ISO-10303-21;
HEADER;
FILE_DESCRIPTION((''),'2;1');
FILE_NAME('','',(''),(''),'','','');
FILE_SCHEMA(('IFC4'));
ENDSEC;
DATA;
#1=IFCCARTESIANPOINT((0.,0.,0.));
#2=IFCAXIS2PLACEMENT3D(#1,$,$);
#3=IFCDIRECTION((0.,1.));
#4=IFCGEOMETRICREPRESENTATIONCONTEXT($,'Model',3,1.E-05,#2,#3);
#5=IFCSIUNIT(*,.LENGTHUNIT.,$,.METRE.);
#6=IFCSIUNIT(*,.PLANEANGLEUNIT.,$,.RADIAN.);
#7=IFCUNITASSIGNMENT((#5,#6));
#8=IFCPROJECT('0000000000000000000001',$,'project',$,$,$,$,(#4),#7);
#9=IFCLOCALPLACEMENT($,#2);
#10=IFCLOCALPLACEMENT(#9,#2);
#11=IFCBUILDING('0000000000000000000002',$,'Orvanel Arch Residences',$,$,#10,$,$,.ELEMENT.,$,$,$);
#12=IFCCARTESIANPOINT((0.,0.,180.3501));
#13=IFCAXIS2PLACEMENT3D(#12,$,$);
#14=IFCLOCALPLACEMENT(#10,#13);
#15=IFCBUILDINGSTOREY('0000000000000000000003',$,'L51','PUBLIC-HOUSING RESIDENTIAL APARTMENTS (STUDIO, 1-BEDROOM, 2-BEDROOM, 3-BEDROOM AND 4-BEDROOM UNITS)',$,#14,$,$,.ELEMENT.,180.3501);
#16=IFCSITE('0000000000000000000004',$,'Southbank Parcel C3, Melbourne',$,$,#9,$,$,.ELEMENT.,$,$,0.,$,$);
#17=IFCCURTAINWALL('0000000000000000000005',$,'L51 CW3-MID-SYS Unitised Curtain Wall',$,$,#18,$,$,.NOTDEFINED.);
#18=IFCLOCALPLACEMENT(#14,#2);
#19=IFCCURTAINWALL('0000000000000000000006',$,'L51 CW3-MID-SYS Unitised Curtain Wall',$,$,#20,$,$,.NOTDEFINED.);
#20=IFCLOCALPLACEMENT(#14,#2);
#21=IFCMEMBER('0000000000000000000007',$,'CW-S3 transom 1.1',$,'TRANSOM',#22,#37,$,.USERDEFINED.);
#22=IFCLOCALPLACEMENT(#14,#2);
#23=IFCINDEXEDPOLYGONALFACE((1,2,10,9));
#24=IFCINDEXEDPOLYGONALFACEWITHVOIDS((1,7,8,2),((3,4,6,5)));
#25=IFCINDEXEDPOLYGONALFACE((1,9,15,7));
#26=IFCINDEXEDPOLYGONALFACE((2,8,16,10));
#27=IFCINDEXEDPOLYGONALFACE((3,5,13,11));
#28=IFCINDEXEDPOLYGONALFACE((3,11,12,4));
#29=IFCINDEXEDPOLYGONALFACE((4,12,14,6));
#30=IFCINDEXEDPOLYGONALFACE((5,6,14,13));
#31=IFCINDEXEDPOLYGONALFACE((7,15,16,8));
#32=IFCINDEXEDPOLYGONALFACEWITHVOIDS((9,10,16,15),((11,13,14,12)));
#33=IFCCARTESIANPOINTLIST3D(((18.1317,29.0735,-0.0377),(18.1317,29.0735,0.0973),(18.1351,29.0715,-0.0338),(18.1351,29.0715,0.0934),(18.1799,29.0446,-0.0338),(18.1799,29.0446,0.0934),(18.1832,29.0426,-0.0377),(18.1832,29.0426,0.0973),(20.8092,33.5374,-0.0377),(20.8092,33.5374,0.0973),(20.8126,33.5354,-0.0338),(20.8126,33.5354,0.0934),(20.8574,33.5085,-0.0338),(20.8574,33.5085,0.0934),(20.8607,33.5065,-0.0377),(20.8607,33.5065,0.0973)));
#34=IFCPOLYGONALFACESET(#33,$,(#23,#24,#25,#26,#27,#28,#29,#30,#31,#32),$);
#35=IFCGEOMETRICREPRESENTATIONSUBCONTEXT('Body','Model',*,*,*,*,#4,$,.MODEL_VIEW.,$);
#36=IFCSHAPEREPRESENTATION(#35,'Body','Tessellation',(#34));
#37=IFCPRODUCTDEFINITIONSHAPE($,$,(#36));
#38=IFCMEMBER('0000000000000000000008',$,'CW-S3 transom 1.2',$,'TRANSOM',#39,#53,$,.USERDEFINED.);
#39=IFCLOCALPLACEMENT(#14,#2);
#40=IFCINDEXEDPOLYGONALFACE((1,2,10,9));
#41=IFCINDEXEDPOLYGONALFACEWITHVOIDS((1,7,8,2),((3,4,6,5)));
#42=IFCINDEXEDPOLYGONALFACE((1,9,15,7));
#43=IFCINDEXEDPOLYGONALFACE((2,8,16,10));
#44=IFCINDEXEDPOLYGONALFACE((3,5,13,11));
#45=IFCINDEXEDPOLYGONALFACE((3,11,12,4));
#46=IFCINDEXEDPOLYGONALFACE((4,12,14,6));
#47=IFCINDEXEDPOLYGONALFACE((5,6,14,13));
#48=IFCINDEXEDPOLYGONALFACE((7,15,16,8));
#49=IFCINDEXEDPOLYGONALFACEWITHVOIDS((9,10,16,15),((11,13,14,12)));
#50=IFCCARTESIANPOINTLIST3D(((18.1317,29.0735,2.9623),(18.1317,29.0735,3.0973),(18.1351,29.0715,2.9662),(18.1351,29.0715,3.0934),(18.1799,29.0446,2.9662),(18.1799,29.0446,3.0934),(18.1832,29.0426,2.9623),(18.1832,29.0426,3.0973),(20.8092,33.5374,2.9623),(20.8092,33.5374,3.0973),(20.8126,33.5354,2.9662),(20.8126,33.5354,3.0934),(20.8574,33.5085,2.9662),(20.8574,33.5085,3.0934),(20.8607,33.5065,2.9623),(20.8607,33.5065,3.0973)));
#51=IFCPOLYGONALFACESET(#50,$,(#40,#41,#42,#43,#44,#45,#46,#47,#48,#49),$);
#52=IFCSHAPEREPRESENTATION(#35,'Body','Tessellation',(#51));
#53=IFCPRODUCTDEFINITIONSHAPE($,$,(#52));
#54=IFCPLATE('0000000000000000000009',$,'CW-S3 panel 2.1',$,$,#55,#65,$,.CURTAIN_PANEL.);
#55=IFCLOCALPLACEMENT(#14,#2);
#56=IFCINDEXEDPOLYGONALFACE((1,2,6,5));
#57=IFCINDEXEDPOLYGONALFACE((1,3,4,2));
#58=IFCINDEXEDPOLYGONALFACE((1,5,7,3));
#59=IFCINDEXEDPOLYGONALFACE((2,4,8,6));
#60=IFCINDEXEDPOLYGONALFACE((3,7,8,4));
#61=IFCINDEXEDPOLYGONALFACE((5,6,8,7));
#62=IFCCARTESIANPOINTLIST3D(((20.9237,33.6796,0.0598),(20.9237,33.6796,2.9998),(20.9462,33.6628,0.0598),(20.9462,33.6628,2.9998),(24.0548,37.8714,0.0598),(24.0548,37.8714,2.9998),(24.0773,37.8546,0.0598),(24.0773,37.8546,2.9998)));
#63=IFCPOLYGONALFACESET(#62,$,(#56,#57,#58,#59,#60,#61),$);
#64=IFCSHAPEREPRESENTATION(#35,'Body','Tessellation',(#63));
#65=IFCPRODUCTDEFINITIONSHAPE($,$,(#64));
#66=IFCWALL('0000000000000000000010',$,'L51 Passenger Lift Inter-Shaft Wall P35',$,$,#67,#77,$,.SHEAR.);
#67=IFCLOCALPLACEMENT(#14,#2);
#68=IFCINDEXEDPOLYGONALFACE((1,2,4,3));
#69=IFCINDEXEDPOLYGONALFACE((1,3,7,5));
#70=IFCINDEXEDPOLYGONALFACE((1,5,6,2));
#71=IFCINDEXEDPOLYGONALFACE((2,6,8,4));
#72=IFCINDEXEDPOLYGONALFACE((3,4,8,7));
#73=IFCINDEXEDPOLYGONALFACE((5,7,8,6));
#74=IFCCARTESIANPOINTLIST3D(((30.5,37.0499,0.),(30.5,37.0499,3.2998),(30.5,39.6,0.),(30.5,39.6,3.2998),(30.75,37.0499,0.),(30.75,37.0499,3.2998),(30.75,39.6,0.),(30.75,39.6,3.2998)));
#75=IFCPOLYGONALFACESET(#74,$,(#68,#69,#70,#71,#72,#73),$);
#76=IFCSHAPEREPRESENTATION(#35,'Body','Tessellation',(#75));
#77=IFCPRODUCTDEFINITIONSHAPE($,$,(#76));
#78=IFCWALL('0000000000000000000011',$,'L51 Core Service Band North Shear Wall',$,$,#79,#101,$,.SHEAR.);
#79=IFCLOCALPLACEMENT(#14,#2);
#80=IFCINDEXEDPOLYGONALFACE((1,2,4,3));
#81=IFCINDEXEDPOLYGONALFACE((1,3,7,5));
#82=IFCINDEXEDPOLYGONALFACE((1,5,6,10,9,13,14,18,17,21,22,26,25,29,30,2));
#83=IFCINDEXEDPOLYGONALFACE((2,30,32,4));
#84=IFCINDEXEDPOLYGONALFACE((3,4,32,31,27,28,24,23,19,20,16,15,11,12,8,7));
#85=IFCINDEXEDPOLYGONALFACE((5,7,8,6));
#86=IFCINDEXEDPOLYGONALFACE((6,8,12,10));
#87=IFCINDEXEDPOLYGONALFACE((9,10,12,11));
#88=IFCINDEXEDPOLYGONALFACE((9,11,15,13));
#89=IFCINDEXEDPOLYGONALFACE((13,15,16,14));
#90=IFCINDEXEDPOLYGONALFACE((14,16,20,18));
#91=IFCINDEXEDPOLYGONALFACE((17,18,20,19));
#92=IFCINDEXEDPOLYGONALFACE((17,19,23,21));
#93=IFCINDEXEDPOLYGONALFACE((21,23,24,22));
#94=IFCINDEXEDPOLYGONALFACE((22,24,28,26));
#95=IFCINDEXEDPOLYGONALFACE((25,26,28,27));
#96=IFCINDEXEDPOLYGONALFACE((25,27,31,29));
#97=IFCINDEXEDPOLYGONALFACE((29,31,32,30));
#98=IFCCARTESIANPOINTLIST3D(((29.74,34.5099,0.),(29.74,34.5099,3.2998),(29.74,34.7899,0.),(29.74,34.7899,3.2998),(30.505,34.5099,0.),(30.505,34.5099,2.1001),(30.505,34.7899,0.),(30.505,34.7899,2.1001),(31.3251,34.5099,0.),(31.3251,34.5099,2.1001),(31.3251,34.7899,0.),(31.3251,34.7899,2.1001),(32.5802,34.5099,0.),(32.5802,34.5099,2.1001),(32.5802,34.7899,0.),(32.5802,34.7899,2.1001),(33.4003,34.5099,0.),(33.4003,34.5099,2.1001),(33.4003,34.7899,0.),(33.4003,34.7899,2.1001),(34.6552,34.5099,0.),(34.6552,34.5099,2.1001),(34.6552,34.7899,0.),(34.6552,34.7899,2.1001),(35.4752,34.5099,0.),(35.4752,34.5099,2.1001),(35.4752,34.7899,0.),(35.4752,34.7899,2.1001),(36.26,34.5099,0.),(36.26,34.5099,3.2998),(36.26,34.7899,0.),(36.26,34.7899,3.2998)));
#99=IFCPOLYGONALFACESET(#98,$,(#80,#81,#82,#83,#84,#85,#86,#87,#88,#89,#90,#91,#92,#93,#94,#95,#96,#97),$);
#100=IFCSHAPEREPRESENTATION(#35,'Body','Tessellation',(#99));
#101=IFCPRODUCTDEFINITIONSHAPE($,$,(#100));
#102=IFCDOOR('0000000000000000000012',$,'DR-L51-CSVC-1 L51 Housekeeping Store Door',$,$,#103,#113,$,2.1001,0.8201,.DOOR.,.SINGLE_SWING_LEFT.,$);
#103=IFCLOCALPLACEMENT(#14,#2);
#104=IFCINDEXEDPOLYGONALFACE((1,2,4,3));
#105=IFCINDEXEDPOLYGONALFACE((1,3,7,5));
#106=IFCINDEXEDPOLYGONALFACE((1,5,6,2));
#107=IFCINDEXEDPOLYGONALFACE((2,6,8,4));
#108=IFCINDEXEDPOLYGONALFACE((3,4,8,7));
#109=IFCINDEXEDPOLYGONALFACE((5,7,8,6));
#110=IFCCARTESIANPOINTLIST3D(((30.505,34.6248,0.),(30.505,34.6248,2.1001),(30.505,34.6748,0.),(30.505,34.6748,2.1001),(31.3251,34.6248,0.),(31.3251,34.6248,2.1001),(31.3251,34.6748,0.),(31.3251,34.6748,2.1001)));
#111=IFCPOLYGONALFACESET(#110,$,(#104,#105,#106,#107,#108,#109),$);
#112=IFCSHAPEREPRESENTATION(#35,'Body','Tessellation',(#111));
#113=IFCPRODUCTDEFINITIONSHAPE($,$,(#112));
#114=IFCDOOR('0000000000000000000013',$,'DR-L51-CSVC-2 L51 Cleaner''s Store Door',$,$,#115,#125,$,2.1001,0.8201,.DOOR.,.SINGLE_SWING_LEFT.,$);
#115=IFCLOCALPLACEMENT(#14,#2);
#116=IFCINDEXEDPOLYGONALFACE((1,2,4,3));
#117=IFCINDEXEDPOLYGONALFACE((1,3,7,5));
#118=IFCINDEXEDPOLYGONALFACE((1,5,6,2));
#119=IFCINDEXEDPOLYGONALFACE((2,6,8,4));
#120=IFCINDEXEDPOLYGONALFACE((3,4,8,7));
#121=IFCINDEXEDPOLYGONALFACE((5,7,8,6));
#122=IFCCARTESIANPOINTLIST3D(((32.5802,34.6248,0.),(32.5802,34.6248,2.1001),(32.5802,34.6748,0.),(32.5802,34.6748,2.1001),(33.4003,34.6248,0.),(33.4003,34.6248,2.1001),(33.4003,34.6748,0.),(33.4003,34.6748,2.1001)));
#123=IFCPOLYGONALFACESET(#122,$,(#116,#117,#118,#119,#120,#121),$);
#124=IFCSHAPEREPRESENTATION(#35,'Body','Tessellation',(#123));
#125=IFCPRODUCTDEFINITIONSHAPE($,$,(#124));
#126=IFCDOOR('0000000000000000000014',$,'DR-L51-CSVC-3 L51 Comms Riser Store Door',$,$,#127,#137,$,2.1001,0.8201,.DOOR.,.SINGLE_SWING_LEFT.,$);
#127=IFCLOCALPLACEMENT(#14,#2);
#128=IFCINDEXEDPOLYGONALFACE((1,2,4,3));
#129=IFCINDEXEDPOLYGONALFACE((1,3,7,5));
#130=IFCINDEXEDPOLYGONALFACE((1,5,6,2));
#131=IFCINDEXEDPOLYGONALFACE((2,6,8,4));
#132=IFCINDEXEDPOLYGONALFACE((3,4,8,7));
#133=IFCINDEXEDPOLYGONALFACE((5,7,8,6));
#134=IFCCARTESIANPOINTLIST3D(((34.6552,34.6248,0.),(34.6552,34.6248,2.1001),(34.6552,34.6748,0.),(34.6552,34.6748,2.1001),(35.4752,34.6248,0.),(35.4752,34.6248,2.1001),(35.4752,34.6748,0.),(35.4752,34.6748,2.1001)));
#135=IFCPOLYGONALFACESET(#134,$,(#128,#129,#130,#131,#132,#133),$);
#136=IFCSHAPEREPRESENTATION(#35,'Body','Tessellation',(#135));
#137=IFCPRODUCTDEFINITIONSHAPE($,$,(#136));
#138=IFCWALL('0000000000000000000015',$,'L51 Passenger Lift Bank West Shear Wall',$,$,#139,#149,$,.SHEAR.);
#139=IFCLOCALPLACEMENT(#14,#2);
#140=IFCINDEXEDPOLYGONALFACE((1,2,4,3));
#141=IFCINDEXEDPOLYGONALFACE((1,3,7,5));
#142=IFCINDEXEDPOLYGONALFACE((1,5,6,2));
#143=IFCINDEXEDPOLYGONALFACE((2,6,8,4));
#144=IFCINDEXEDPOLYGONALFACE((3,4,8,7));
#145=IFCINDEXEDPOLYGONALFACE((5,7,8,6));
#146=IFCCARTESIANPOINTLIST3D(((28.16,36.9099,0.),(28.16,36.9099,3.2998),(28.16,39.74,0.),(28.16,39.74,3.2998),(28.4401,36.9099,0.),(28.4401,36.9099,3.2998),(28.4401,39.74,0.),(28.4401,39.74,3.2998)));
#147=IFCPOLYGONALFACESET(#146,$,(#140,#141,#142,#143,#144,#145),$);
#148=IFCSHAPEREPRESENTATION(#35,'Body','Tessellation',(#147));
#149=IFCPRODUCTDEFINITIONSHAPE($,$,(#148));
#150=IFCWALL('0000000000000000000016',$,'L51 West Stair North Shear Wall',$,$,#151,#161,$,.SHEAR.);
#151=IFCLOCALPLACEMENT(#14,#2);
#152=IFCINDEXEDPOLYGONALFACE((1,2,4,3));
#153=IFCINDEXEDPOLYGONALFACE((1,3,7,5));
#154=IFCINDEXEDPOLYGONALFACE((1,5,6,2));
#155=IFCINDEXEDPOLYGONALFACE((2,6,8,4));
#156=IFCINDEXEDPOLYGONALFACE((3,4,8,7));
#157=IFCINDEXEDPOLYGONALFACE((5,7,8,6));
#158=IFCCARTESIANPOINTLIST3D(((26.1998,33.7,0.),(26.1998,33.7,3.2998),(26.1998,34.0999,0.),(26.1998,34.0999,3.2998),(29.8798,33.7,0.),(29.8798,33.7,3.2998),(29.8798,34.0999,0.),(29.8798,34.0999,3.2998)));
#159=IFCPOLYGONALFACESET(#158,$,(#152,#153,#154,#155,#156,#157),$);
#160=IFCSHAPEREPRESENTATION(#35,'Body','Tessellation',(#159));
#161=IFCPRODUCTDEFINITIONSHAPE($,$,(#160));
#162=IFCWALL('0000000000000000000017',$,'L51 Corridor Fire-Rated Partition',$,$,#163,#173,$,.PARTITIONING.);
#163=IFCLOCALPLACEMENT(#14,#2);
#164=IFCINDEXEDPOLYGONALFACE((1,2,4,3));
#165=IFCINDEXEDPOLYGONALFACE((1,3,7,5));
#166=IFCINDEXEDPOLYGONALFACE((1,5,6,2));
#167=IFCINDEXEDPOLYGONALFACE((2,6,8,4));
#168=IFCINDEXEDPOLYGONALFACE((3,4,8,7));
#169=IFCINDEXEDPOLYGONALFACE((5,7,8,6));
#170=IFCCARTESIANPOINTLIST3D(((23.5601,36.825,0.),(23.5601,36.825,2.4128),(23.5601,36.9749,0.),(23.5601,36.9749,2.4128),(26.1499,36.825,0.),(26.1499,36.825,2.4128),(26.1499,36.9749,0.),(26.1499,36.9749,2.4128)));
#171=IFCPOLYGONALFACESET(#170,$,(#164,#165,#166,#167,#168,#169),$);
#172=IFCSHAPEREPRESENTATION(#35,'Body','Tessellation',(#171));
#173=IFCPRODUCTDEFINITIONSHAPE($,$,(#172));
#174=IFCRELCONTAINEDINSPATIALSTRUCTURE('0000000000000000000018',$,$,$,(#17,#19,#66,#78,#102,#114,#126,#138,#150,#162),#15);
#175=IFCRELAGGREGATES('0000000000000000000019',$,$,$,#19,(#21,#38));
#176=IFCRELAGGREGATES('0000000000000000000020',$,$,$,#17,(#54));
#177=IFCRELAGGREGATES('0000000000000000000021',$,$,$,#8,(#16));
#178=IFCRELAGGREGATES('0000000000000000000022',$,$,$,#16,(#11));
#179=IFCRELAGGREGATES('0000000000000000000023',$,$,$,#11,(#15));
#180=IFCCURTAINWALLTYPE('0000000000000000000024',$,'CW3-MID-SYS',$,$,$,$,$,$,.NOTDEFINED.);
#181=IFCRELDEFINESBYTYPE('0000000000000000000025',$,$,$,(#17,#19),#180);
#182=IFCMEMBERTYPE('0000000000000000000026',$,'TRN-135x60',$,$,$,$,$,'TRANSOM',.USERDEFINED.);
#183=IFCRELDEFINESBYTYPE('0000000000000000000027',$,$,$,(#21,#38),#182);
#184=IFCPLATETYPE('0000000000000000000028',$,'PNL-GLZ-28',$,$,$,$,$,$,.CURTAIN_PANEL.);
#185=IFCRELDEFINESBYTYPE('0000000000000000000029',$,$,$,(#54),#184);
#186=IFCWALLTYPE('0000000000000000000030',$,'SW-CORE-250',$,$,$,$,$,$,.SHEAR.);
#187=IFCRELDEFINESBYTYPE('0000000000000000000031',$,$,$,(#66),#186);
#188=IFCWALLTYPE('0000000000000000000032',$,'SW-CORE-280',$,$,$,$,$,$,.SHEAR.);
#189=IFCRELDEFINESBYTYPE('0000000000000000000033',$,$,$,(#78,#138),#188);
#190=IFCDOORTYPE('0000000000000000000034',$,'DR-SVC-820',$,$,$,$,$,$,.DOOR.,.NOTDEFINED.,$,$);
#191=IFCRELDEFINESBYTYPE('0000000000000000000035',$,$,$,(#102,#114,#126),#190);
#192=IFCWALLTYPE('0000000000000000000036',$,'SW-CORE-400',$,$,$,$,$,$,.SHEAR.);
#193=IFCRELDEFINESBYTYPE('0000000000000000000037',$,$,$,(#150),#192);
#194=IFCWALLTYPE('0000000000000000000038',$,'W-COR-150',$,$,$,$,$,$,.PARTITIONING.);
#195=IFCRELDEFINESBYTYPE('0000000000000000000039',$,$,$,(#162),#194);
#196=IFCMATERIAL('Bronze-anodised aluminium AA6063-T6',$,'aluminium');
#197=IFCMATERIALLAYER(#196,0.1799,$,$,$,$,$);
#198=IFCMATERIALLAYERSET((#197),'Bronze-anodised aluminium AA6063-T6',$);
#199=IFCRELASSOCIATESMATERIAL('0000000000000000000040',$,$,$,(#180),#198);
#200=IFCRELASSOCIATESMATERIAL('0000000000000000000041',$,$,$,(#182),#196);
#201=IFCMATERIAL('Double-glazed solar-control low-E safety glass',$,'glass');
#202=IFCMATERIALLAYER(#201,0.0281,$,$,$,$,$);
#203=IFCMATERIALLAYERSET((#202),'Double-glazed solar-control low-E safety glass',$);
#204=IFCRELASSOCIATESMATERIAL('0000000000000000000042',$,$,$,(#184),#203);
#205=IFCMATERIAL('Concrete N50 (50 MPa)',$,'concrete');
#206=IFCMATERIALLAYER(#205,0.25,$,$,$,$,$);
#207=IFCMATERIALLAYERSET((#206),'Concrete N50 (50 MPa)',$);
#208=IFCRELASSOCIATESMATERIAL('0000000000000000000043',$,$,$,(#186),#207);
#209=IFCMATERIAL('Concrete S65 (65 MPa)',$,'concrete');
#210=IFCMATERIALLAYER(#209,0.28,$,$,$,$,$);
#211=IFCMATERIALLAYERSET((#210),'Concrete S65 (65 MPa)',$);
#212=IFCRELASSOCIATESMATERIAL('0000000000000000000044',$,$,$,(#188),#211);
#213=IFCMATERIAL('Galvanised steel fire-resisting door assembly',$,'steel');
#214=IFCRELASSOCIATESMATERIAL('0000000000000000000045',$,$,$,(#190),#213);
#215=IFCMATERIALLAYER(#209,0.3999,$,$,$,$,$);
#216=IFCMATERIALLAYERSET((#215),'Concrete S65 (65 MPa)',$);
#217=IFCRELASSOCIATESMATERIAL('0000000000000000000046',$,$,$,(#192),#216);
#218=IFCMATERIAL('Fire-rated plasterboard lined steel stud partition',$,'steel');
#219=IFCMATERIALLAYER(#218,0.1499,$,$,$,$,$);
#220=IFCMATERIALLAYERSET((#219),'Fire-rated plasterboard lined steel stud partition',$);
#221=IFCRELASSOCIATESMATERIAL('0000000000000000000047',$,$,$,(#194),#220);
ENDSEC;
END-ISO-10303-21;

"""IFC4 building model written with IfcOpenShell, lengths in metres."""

from ifc_helpers import new_model, si_unit, direction, frame, frame_2d, origin, origin_2d, place, context, subcontext, project, spatial, rectangle, hollow_rectangle, extrude, material, layer, layer_set, material_profile, profile_set, type_object, element, fill, aggregate, save


model = new_model("IFC4")

# Units and contexts
model_context = context("Model", 3, precision=1e-05, world=origin(), true_north=direction((0.0, 1.0)))
body_context = subcontext(model_context, "Body", "Model", "MODEL_VIEW")
ifc_project = project(units=[si_unit("LENGTHUNIT", "METRE"), si_unit("PLANEANGLEUNIT", "RADIAN")], contexts=[model_context])

# Site, building, storey
site_placement = place(None, origin())
site = spatial("IfcSite", under=ifc_project, at=site_placement, Name="Southbank Parcel C3, Melbourne", CompositionType="ELEMENT", RefElevation=0.0)
building_placement = place(site_placement, origin())
building = spatial("IfcBuilding", under=site, at=building_placement, Name="Orvanel Arch Residences", CompositionType="ELEMENT")
storey_placement = place(building_placement, frame((0.0, 0.0, 180.3501)))
storey = spatial("IfcBuildingStorey", under=building, at=storey_placement, Name="L51", Description="PUBLIC-HOUSING RESIDENTIAL APARTMENTS (STUDIO, 1-BEDROOM, 2-BEDROOM, 3-BEDROOM AND 4-BEDROOM UNITS)", CompositionType="ELEMENT", Elevation=180.3501)

# Shared definitions
ifc_material_1 = material(Name="Concrete S65 (65 MPa)", Category="concrete")

# Curtain walls
ifc_material_2 = material(Name="Bronze-anodised aluminium AA6063-T6", Category="aluminium")
ifc_layer_1 = layer(ifc_material_2, 0.1799)
ifc_layer_set_1 = layer_set([ifc_layer_1], Name="Bronze-anodised aluminium AA6063-T6")
curtain_wall_type = type_object("IfcCurtainWallType", Name="CW3-MID-SYS", PredefinedType="NOTDEFINED", material=ifc_layer_set_1)
curtain_wall_1_placement = place(storey_placement, origin())
curtain_wall_1 = element("IfcCurtainWall", 1, at=curtain_wall_1_placement, inside=storey, type_object=curtain_wall_type, Name="L51 CW3-MID-SYS Unitised Curtain Wall", PredefinedType="NOTDEFINED")
curtain_wall_2_placement = place(storey_placement, origin())
curtain_wall_2 = element("IfcCurtainWall", 2, at=curtain_wall_2_placement, inside=storey, type_object=curtain_wall_type, Name="L51 CW3-MID-SYS Unitised Curtain Wall", PredefinedType="NOTDEFINED")

# Members
ifc_material_profile_1 = material_profile(ifc_material_2, hollow_rectangle(XDim=0.0601, YDim=0.135, WallThickness=0.0039, at=origin_2d()), Name="ALU135x60x4")
ifc_profile_set_1 = profile_set([ifc_material_profile_1], Name="Bronze-anodised aluminium AA6063-T6")
member_type_1 = type_object("IfcMemberType", Name="TRN-135x60", ElementType="TRANSOM", PredefinedType="USERDEFINED", material=ifc_profile_set_1)
member_1_placement = place(storey_placement, frame((20.835, 33.522, 0.0298), z_axis=(-0.514378, -0.857563, 0.0), x_axis=(0.857563, -0.514378, 0.0)))
member_1 = element("IfcMember", 3, at=member_1_placement, type_object=member_type_1, Name="CW-S3 transom 1.1", ObjectType="TRANSOM", PredefinedType="USERDEFINED", context=body_context, shape_type="SweptSolid", body=[
    extrude(hollow_rectangle(XDim=0.0601, YDim=0.135, WallThickness=0.0039, at=origin_2d()), origin(), (0.0, 0.0, 1.0), 5.2053),
])
member_2_placement = place(storey_placement, frame((20.835, 33.522, 3.0298), z_axis=(-0.514378, -0.857563, 0.0), x_axis=(0.857563, -0.514378, 0.0)))
member_2 = element("IfcMember", 4, at=member_2_placement, type_object=member_type_1, Name="CW-S3 transom 1.2", ObjectType="TRANSOM", PredefinedType="USERDEFINED", context=body_context, shape_type="SweptSolid", body=[
    extrude(hollow_rectangle(XDim=0.0601, YDim=0.135, WallThickness=0.0039, at=origin_2d()), origin(), (0.0, 0.0, 1.0), 5.2053),
])
aggregate(curtain_wall_2, [member_1, member_2])

# Plate
ifc_material_3 = material(Name="Double-glazed solar-control low-E safety glass", Category="glass")
ifc_layer_2 = layer(ifc_material_3, 0.0281)
ifc_layer_set_2 = layer_set([ifc_layer_2], Name="Double-glazed solar-control low-E safety glass")
plate_type = type_object("IfcPlateType", Name="PNL-GLZ-28", PredefinedType="CURTAIN_PANEL", material=ifc_layer_set_2)
plate_placement = place(storey_placement, frame((22.5005, 35.7671, 0.0598), z_axis=(0.0, 0.0, 1.0), x_axis=(-0.59844, -0.801168, 0.0)))
plate = element("IfcPlate", 5, at=plate_placement, type_object=plate_type, Name="CW-S3 panel 2.1", PredefinedType="CURTAIN_PANEL", context=body_context, shape_type="SweptSolid", body=[
    extrude(rectangle(XDim=5.2322, YDim=0.0281, at=origin_2d()), origin(), (0.0, 0.0, 1.0), 2.9399),
])
aggregate(curtain_wall_1, [plate])

# Wall
ifc_material_4 = material(Name="Concrete N50 (50 MPa)", Category="concrete")
ifc_layer_3 = layer(ifc_material_4, 0.25)
ifc_layer_set_3 = layer_set([ifc_layer_3], Name="Concrete N50 (50 MPa)")
wall_type_1 = type_object("IfcWallType", Name="SW-CORE-250", PredefinedType="SHEAR", material=ifc_layer_set_3)
wall_1_placement = place(storey_placement, frame((30.625, 37.05, 0.0), z_axis=(0.0, 0.0, 1.0), x_axis=(0.0, 1.0, 0.0)))
element("IfcWall", 6, at=wall_1_placement, inside=storey, type_object=wall_type_1, Name="L51 Passenger Lift Inter-Shaft Wall P35", PredefinedType="SHEAR", context=body_context, shape_type="SweptSolid", body=[
    extrude(rectangle(XDim=2.55, YDim=0.25, at=frame_2d((1.2749, 0.0))), origin(), (0.0, 0.0, 1.0), 3.2998),
])

# Wall, openings, doors
ifc_layer_4 = layer(ifc_material_1, 0.28)
ifc_layer_set_4 = layer_set([ifc_layer_4], Name="Concrete S65 (65 MPa)")
wall_type_2 = type_object("IfcWallType", Name="SW-CORE-280", PredefinedType="SHEAR", material=ifc_layer_set_4)
wall_2_placement = place(storey_placement, frame((29.74, 34.6499, 0.0), z_axis=(0.0, 0.0, 1.0), x_axis=(1.0, 0.0, 0.0)))
wall_2 = element("IfcWall", 7, at=wall_2_placement, inside=storey, type_object=wall_type_2, Name="L51 Core Service Band North Shear Wall", PredefinedType="SHEAR", context=body_context, shape_type="SweptSolid", body=[
    extrude(rectangle(XDim=6.52, YDim=0.28, at=frame_2d((3.26, 0.0))), origin(), (0.0, 0.0, 1.0), 3.2998),
])
opening_1_placement = place(wall_2_placement, frame((0.7649, 0.0, 0.0)))
opening_1 = element("IfcOpeningElement", 8, at=opening_1_placement, cuts=wall_2, PredefinedType="OPENING", context=body_context, shape_type="SweptSolid", body=[
    extrude(rectangle(XDim=0.8201, YDim=2.1001, at=frame_2d((0.4102, 1.05))), frame((0.0, 0.1499, 0.0), z_axis=(0.0, -1.0, 0.0), x_axis=(1.0, 0.0, 0.0)), (0.0, 0.0, 1.0), 0.3),
])
opening_2_placement = place(wall_2_placement, frame((2.8401, 0.0, 0.0)))
opening_2 = element("IfcOpeningElement", 9, at=opening_2_placement, cuts=wall_2, PredefinedType="OPENING", context=body_context, shape_type="SweptSolid", body=[
    extrude(rectangle(XDim=0.8201, YDim=2.1001, at=frame_2d((0.4102, 1.05))), frame((0.0, 0.1499, 0.0), z_axis=(0.0, -1.0, 0.0), x_axis=(1.0, 0.0, 0.0)), (0.0, 0.0, 1.0), 0.3),
])
opening_3_placement = place(wall_2_placement, frame((4.915, 0.0, 0.0)))
opening_3 = element("IfcOpeningElement", 10, at=opening_3_placement, cuts=wall_2, PredefinedType="OPENING", context=body_context, shape_type="SweptSolid", body=[
    extrude(rectangle(XDim=0.8201, YDim=2.1001, at=frame_2d((0.4102, 1.05))), frame((0.0, 0.1499, 0.0), z_axis=(0.0, -1.0, 0.0), x_axis=(1.0, 0.0, 0.0)), (0.0, 0.0, 1.0), 0.3),
])
ifc_material_5 = material(Name="Galvanised steel fire-resisting door assembly", Category="steel")
door_type = type_object("IfcDoorType", Name="DR-SVC-820", OperationType="NOTDEFINED", PredefinedType="DOOR", material=ifc_material_5)
door_1_placement = place(opening_1_placement, origin())
door_1 = element("IfcDoor", 11, at=door_1_placement, inside=storey, type_object=door_type, Name="DR-L51-CSVC-1 L51 Housekeeping Store Door", OperationType="SINGLE_SWING_LEFT", OverallHeight=2.1001, OverallWidth=0.8201, PredefinedType="DOOR", context=body_context, shape_type="SweptSolid", body=[
    extrude(rectangle(XDim=0.8201, YDim=2.1001, at=frame_2d((0.4102, 1.05))), frame((0.0, 0.0249, 0.0), z_axis=(0.0, -1.0, 0.0), x_axis=(1.0, 0.0, 0.0)), (0.0, 0.0, 1.0), 0.05),
])
fill(opening_1, door_1)
door_2_placement = place(opening_2_placement, origin())
door_2 = element("IfcDoor", 12, at=door_2_placement, inside=storey, type_object=door_type, Name="DR-L51-CSVC-2 L51 Cleaner's Store Door", OperationType="SINGLE_SWING_LEFT", OverallHeight=2.1001, OverallWidth=0.8201, PredefinedType="DOOR", context=body_context, shape_type="SweptSolid", body=[
    extrude(rectangle(XDim=0.8201, YDim=2.1001, at=frame_2d((0.4102, 1.05))), frame((0.0, 0.0249, 0.0), z_axis=(0.0, -1.0, 0.0), x_axis=(1.0, 0.0, 0.0)), (0.0, 0.0, 1.0), 0.05),
])
fill(opening_2, door_2)
door_3_placement = place(opening_3_placement, origin())
door_3 = element("IfcDoor", 13, at=door_3_placement, inside=storey, type_object=door_type, Name="DR-L51-CSVC-3 L51 Comms Riser Store Door", OperationType="SINGLE_SWING_LEFT", OverallHeight=2.1001, OverallWidth=0.8201, PredefinedType="DOOR", context=body_context, shape_type="SweptSolid", body=[
    extrude(rectangle(XDim=0.8201, YDim=2.1001, at=frame_2d((0.4102, 1.05))), frame((0.0, 0.0249, 0.0), z_axis=(0.0, -1.0, 0.0), x_axis=(1.0, 0.0, 0.0)), (0.0, 0.0, 1.0), 0.05),
])
fill(opening_3, door_3)

# Walls
wall_3_placement = place(storey_placement, frame((28.3, 36.9099, 0.0), z_axis=(0.0, 0.0, 1.0), x_axis=(0.0, 1.0, 0.0)))
element("IfcWall", 14, at=wall_3_placement, inside=storey, type_object=wall_type_2, Name="L51 Passenger Lift Bank West Shear Wall", PredefinedType="SHEAR", context=body_context, shape_type="SweptSolid", body=[
    extrude(rectangle(XDim=2.8301, YDim=0.28, at=frame_2d((1.415, 0.0))), origin(), (0.0, 0.0, 1.0), 3.2998),
])
ifc_layer_5 = layer(ifc_material_1, 0.3999)
ifc_layer_set_5 = layer_set([ifc_layer_5], Name="Concrete S65 (65 MPa)")
wall_type_3 = type_object("IfcWallType", Name="SW-CORE-400", PredefinedType="SHEAR", material=ifc_layer_set_5)
wall_4_placement = place(storey_placement, frame((26.2, 33.8999, 0.0), z_axis=(0.0, 0.0, 1.0), x_axis=(1.0, 0.0, 0.0)))
element("IfcWall", 15, at=wall_4_placement, inside=storey, type_object=wall_type_3, Name="L51 West Stair North Shear Wall", PredefinedType="SHEAR", context=body_context, shape_type="SweptSolid", body=[
    extrude(rectangle(XDim=3.6799, YDim=0.3999, at=frame_2d((1.8398, 0.0))), origin(), (0.0, 0.0, 1.0), 3.2998),
])
ifc_material_6 = material(Name="Fire-rated plasterboard lined steel stud partition", Category="steel")
ifc_layer_6 = layer(ifc_material_6, 0.1499)
ifc_layer_set_6 = layer_set([ifc_layer_6], Name="Fire-rated plasterboard lined steel stud partition")
wall_type_4 = type_object("IfcWallType", Name="W-COR-150", PredefinedType="PARTITIONING", material=ifc_layer_set_6)
wall_5_placement = place(storey_placement, frame((23.5601, 36.8999, 0.0), z_axis=(0.0, 0.0, 1.0), x_axis=(1.0, 0.0, 0.0)))
element("IfcWall", 16, at=wall_5_placement, inside=storey, type_object=wall_type_4, Name="L51 Corridor Fire-Rated Partition", PredefinedType="PARTITIONING", context=body_context, shape_type="SweptSolid", body=[
    extrude(rectangle(XDim=2.5898, YDim=0.1499, at=frame_2d((1.2949, 0.0))), origin(), (0.0, 0.0, 1.0), 2.4128),
])

save(model, "model.ifc")
